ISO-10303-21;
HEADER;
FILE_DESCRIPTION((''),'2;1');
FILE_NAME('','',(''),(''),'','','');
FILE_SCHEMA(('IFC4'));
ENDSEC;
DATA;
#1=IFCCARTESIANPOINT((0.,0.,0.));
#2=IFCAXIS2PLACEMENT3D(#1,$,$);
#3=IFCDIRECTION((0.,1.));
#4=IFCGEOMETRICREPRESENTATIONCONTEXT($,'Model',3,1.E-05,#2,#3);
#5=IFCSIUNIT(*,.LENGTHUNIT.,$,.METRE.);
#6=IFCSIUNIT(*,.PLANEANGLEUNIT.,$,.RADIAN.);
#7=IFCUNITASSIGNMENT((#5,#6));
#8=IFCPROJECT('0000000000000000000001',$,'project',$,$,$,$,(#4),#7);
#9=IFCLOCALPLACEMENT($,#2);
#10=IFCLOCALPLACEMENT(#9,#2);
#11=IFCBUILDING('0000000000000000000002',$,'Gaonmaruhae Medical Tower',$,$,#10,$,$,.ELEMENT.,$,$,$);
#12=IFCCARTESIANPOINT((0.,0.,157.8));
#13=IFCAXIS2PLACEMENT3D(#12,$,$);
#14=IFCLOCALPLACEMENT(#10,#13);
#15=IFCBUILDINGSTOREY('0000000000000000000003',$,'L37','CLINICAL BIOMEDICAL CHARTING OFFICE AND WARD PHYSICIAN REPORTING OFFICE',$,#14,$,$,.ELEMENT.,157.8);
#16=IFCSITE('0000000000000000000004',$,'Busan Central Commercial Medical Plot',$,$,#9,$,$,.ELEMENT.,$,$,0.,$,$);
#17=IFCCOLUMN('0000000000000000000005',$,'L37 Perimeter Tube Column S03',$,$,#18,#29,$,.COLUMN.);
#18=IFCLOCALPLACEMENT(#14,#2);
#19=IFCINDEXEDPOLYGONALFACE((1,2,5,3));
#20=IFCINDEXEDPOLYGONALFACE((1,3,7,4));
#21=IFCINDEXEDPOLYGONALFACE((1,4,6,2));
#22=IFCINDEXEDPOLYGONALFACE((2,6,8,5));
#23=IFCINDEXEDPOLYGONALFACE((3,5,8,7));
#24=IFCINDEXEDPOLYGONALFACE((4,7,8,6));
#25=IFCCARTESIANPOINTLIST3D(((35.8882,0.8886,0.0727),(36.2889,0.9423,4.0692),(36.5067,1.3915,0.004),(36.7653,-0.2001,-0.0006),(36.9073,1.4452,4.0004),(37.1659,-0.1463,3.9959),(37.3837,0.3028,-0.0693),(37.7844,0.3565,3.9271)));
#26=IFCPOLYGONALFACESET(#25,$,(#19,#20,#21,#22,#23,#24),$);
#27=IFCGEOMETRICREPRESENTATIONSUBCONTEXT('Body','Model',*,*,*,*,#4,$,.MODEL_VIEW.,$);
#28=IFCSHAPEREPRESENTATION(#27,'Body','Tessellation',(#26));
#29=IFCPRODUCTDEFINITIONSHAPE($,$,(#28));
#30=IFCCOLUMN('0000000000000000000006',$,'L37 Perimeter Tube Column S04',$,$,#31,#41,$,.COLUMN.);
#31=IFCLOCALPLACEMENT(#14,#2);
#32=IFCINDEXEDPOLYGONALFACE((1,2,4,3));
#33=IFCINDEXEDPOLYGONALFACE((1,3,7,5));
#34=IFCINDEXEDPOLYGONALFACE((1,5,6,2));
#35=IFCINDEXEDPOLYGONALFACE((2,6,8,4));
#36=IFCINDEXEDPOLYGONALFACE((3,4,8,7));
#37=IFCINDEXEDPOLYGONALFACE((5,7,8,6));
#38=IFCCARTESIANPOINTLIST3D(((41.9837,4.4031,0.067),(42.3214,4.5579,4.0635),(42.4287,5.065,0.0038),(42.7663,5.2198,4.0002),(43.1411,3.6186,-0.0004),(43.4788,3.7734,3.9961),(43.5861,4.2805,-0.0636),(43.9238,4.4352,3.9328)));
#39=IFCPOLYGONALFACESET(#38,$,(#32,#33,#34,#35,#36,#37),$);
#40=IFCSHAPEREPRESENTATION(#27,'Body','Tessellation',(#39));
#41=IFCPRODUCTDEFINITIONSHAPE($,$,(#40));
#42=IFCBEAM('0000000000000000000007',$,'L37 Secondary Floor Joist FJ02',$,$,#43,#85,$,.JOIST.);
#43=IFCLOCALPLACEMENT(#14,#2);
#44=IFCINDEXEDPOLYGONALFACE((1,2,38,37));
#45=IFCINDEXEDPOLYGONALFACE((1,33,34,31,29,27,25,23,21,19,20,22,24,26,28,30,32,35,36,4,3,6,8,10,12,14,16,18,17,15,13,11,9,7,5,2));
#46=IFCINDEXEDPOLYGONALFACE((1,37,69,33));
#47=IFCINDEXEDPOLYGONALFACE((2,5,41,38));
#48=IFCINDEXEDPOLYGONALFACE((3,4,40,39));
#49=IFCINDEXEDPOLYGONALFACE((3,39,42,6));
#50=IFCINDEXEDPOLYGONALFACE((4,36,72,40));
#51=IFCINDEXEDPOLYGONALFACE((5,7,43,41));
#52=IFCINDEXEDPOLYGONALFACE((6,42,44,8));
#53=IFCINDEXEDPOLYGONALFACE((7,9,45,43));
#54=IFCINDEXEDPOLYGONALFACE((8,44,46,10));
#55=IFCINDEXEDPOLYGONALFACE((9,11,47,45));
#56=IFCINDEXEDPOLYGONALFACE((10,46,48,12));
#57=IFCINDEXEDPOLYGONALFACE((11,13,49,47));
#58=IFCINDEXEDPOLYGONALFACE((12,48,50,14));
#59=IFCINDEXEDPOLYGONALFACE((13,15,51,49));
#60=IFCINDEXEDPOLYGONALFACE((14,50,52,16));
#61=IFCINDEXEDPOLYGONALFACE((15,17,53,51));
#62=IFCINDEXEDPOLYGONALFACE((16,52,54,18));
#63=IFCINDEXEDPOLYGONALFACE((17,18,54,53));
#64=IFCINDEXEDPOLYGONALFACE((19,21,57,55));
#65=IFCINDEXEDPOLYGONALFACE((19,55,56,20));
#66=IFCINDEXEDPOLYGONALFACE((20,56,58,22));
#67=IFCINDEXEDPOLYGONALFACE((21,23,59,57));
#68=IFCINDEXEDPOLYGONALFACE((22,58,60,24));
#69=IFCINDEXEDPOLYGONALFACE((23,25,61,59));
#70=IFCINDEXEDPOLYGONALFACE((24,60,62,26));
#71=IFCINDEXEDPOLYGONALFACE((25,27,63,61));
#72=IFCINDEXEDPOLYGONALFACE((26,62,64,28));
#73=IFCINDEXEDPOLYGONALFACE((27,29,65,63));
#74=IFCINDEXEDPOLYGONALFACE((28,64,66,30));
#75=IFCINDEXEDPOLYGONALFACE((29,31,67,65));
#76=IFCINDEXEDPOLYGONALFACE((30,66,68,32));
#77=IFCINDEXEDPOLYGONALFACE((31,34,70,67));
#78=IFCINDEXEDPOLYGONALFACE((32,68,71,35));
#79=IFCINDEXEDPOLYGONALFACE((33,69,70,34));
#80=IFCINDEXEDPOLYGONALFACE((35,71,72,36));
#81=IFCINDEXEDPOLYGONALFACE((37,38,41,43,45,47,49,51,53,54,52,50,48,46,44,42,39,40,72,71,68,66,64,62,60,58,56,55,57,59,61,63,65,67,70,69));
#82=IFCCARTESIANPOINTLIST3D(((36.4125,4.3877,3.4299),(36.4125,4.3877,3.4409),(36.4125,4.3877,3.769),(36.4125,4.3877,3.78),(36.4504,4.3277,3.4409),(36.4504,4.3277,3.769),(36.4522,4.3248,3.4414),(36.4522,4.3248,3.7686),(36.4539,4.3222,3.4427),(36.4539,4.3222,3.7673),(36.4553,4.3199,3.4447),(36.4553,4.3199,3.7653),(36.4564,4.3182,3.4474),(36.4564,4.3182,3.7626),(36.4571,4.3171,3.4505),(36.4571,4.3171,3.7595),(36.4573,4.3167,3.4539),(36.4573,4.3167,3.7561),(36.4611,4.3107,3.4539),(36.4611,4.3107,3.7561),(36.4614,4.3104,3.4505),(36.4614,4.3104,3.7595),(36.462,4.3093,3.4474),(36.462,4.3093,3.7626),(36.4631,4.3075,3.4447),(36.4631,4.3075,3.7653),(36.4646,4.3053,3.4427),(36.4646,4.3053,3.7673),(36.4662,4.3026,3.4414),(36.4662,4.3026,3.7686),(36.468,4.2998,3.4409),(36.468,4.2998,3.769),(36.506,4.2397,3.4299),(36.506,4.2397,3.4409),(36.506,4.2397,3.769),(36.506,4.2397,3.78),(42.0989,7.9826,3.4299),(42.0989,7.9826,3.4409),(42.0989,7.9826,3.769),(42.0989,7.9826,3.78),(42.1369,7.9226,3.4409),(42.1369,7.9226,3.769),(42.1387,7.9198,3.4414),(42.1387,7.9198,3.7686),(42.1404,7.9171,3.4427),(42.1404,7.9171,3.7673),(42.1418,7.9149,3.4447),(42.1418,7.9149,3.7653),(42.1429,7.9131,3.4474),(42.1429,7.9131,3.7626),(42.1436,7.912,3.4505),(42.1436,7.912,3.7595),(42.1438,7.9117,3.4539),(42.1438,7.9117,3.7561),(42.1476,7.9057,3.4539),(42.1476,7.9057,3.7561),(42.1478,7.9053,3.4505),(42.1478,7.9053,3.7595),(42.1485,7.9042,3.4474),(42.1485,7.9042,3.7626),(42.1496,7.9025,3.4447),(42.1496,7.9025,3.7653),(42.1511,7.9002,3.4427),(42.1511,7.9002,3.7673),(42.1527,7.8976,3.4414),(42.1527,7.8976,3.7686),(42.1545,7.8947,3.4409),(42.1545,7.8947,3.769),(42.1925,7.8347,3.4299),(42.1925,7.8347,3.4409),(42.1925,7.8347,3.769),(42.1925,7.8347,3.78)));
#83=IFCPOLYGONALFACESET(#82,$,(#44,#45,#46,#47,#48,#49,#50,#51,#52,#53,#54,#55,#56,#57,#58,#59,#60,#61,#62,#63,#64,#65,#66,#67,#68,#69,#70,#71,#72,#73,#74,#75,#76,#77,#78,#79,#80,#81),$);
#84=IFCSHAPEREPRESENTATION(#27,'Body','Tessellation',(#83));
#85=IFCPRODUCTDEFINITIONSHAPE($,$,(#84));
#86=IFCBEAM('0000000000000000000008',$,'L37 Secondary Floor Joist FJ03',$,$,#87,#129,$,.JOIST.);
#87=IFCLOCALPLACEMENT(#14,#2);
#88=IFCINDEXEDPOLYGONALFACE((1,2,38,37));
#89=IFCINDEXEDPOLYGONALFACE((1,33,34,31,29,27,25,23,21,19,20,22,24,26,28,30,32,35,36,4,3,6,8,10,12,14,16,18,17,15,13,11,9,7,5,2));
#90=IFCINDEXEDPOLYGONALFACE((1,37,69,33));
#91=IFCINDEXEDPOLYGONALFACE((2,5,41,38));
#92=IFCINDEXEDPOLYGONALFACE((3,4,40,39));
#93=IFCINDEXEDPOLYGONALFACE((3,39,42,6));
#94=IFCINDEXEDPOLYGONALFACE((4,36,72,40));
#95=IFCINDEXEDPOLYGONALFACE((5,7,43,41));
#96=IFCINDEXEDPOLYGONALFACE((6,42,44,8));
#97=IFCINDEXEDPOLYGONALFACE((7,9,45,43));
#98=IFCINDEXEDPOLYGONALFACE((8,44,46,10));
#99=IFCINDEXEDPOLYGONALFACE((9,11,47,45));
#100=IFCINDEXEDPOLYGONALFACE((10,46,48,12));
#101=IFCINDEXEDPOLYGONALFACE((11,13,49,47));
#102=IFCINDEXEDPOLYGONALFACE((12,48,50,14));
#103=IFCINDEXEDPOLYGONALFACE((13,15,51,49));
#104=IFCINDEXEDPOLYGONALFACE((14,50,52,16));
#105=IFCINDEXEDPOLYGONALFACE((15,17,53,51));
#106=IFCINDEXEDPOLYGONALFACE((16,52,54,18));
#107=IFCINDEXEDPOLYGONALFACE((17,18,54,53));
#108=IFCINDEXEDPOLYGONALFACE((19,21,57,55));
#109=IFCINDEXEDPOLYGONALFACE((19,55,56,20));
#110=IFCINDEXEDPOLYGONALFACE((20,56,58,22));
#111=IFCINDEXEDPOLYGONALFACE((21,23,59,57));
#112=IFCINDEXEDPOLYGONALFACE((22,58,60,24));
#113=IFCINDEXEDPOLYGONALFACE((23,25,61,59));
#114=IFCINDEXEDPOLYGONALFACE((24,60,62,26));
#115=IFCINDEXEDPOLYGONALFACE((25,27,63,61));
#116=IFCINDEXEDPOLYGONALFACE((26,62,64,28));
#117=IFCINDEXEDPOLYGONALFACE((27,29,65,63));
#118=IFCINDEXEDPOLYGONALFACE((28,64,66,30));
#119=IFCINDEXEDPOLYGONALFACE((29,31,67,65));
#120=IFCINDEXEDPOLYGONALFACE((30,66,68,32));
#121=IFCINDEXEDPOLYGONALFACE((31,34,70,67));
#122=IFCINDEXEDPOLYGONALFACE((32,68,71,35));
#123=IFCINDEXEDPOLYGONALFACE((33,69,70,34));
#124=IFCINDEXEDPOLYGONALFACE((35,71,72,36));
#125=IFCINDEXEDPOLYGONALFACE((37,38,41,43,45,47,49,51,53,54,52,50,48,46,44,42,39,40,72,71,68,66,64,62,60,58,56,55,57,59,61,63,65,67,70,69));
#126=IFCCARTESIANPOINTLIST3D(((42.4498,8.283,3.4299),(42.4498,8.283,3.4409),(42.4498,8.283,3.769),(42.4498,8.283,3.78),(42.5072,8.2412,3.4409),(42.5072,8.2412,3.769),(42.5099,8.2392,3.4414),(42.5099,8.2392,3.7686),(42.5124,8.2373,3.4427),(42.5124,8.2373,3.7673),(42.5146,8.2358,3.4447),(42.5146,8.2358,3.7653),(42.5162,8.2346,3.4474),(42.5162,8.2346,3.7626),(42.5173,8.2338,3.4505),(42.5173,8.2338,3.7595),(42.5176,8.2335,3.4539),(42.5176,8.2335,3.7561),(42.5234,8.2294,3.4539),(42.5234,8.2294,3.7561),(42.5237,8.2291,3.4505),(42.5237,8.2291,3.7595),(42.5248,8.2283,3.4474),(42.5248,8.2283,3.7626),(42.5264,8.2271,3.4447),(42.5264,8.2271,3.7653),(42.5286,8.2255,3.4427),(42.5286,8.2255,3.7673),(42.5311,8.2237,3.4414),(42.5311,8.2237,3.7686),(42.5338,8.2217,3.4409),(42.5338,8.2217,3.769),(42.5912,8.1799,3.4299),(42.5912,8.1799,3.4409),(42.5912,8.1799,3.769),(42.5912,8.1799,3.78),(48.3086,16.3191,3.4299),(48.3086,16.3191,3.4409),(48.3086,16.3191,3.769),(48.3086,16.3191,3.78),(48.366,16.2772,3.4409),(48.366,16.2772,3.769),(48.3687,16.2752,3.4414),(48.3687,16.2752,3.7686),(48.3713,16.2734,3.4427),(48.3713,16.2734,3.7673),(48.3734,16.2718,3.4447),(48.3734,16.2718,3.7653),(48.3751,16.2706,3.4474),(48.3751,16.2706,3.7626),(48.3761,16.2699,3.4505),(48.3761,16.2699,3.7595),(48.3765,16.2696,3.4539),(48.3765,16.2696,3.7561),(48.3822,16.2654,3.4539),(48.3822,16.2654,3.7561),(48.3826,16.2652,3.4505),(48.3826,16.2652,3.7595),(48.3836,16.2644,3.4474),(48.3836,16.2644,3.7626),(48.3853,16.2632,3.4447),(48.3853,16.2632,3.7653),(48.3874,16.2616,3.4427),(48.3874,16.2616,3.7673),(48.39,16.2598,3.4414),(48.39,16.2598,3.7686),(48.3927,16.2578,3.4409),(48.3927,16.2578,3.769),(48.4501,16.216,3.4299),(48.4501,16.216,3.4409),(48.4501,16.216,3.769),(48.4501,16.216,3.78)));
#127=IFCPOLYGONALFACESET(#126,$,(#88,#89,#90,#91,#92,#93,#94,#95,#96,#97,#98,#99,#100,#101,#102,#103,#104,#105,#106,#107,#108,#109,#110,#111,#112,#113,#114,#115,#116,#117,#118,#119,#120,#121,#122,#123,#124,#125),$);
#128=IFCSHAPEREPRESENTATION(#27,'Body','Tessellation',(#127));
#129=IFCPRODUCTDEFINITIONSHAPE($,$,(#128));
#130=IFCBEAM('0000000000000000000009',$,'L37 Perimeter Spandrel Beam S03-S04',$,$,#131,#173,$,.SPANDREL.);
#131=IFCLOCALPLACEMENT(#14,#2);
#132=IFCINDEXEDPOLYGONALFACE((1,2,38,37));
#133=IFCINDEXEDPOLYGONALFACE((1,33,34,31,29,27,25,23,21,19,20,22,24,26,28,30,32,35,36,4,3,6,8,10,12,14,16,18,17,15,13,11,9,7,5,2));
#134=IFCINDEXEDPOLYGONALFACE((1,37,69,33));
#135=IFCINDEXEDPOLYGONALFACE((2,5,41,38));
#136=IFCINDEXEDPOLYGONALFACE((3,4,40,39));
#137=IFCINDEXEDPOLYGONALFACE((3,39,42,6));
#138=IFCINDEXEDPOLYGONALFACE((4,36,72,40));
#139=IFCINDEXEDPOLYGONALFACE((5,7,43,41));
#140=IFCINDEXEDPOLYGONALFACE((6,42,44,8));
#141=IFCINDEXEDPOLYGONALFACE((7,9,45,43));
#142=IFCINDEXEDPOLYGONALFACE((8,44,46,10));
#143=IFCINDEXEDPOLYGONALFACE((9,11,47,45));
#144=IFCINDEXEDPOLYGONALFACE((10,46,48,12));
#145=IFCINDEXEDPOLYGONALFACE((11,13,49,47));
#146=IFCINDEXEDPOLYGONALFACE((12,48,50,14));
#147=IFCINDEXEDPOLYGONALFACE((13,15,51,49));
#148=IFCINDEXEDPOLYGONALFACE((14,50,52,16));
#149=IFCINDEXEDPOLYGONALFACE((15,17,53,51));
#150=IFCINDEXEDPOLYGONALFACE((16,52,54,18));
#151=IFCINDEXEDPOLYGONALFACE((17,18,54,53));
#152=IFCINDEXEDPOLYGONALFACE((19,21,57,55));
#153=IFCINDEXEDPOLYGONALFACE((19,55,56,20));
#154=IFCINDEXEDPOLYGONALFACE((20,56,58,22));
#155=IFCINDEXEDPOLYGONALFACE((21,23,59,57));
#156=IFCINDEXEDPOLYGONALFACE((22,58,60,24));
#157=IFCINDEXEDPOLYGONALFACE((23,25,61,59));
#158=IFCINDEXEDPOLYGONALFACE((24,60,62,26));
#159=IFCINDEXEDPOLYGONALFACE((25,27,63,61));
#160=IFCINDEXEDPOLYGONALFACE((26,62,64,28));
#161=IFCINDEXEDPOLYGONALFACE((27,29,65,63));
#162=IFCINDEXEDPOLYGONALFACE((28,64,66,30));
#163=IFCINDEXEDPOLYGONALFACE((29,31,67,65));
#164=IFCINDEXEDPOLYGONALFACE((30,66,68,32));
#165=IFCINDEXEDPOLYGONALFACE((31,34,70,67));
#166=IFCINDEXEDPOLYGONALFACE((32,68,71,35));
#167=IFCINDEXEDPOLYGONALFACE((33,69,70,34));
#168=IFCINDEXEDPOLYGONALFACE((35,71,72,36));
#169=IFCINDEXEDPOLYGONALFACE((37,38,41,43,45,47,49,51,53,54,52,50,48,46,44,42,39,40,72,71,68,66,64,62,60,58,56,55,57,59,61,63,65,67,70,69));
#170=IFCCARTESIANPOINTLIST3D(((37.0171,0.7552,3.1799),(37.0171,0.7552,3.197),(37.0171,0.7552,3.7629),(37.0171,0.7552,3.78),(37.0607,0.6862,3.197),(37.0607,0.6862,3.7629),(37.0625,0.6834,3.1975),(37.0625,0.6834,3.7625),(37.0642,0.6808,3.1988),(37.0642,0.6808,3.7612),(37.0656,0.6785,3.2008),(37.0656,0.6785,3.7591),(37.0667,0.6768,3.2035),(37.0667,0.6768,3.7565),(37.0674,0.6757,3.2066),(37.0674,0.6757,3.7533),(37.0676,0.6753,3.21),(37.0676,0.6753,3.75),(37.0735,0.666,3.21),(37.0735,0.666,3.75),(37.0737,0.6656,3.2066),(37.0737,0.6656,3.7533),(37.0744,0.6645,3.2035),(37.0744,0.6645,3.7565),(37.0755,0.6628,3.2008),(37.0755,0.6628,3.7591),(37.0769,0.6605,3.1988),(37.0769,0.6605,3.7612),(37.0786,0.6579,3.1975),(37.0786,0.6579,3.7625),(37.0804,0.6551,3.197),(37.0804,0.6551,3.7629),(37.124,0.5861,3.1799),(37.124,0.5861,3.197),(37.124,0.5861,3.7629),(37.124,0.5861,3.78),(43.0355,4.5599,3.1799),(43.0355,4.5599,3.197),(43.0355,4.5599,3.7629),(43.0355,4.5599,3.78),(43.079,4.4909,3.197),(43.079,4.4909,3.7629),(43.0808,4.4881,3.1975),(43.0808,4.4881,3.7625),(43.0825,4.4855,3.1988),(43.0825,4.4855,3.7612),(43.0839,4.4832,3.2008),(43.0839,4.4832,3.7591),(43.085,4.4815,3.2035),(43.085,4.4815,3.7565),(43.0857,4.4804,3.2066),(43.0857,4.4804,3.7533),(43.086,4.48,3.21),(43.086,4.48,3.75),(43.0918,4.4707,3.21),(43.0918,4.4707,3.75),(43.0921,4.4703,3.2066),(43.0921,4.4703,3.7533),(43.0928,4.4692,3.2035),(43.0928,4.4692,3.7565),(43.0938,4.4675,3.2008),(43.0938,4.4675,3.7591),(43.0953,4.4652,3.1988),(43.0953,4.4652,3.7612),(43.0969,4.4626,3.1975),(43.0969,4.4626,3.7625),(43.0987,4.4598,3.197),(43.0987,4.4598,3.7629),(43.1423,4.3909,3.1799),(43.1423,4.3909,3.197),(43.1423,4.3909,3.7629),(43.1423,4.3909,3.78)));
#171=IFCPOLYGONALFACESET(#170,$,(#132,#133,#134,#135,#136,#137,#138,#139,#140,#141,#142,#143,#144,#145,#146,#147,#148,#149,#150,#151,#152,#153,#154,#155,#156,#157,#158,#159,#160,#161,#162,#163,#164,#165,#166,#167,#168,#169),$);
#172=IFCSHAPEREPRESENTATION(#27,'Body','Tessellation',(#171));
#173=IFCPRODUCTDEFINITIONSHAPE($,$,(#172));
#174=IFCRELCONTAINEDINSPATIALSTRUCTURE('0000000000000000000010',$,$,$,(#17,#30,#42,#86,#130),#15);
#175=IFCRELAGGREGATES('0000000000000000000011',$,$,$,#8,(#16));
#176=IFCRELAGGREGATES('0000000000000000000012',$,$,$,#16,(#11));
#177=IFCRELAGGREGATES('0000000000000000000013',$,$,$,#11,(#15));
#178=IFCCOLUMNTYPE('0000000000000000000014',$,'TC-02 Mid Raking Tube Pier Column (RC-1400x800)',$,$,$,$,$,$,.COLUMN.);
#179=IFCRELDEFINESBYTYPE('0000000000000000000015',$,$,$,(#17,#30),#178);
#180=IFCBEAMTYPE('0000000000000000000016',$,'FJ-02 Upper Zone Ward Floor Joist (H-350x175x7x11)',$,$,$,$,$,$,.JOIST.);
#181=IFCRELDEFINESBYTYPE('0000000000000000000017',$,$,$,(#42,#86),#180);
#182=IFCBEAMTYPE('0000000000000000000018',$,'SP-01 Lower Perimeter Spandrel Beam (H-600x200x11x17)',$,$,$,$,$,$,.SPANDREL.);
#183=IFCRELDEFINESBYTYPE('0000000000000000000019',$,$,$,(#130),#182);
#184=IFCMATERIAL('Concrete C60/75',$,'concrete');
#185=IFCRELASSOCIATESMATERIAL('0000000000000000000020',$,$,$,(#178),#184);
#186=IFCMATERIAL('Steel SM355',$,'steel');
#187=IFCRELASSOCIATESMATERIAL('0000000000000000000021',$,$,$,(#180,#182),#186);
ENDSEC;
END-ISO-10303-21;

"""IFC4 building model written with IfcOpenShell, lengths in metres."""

from ifc_helpers import new_model, si_unit, direction, frame, origin, origin_2d, place, context, subcontext, project, spatial, rectangle, i_section, extrude, material, material_profile, profile_set, type_object, element, save


model = new_model("IFC4")

# Units and contexts
model_context = context("Model", 3, precision=1e-05, world=origin(), true_north=direction((0.0, 1.0)))
body_context = subcontext(model_context, "Body", "Model", "MODEL_VIEW")
ifc_project = project(units=[si_unit("LENGTHUNIT", "METRE"), si_unit("PLANEANGLEUNIT", "RADIAN")], contexts=[model_context])

# Site, building, storey
site_placement = place(None, origin())
site = spatial("IfcSite", under=ifc_project, at=site_placement, Name="Busan Central Commercial Medical Plot", CompositionType="ELEMENT", RefElevation=0.0)
building_placement = place(site_placement, origin())
building = spatial("IfcBuilding", under=site, at=building_placement, Name="Gaonmaruhae Medical Tower", CompositionType="ELEMENT")
storey_placement = place(building_placement, frame((0.0, 0.0, 157.8)))
storey = spatial("IfcBuildingStorey", under=building, at=storey_placement, Name="L37", Description="CLINICAL BIOMEDICAL CHARTING OFFICE AND WARD PHYSICIAN REPORTING OFFICE", CompositionType="ELEMENT", Elevation=157.8)

# Columns
ifc_material_1 = material(Name="Concrete C60/75", Category="concrete")
ifc_material_profile_1 = material_profile(ifc_material_1, rectangle(XDim=1.3999, YDim=0.8, at=origin_2d()), Name="RC-1400x800")
ifc_profile_set_1 = profile_set([ifc_material_profile_1], Name="Concrete C60/75")
column_type = type_object("IfcColumnType", Name="TC-02 Mid Raking Tube Pier Column (RC-1400x800)", PredefinedType="COLUMN", material=ifc_profile_set_1)
column_1_placement = place(storey_placement, frame((36.636, 0.5957, 0.0017), z_axis=(0.099742, 0.013372, 0.994924), x_axis=(-0.62651, 0.777653, 0.052356)))
element("IfcColumn", 1, at=column_1_placement, inside=storey, type_object=column_type, Name="L37 Perimeter Tube Column S03", PredefinedType="COLUMN", context=body_context, shape_type="SweptSolid", body=[
    extrude(rectangle(XDim=1.3999, YDim=0.8, at=origin_2d()), origin(), (0.0, 0.0, 1.0), 4.0168),
])
column_2_placement = place(storey_placement, frame((42.7849, 4.3418, 0.0017), z_axis=(0.084126, 0.038566, 0.995709), x_axis=(-0.826792, 0.560444, 0.048148)))
element("IfcColumn", 2, at=column_2_placement, inside=storey, type_object=column_type, Name="L37 Perimeter Tube Column S04", PredefinedType="COLUMN", context=body_context, shape_type="SweptSolid", body=[
    extrude(rectangle(XDim=1.3999, YDim=0.8, at=origin_2d()), origin(), (0.0, 0.0, 1.0), 4.0137),
])

# Beams
ifc_material_2 = material(Name="Steel SM355", Category="steel")
ifc_material_profile_2 = material_profile(ifc_material_2, i_section(OverallWidth=0.175, OverallDepth=0.3501, WebThickness=0.0071, FlangeThickness=0.011, FilletRadius=0.0129, at=origin_2d()), Name="H-350x175x7x11")
ifc_profile_set_2 = profile_set([ifc_material_profile_2], Name="Steel SM355")
beam_type_1 = type_object("IfcBeamType", Name="FJ-02 Upper Zone Ward Floor Joist (H-350x175x7x11)", PredefinedType="JOIST", material=ifc_profile_set_2)
beam_1_placement = place(storey_placement, frame((36.4592, 4.3137, 3.605), z_axis=(0.845255, 0.534363, 0.0), x_axis=(-0.534363, 0.845255, 0.0)))
element("IfcBeam", 3, at=beam_1_placement, inside=storey, type_object=beam_type_1, Name="L37 Secondary Floor Joist FJ02", PredefinedType="JOIST", context=body_context, shape_type="SweptSolid", body=[
    extrude(i_section(OverallWidth=0.175, OverallDepth=0.3501, WebThickness=0.0071, FlangeThickness=0.011, FilletRadius=0.0129, at=origin_2d()), origin(), (0.0, 0.0, 1.0), 6.7275),
])
beam_2_placement = place(storey_placement, frame((42.5205, 8.2314, 3.605), z_axis=(0.58912, 0.808046, 0.0), x_axis=(-0.808046, 0.58912, 0.0)))
element("IfcBeam", 4, at=beam_2_placement, inside=storey, type_object=beam_type_1, Name="L37 Secondary Floor Joist FJ03", PredefinedType="JOIST", context=body_context, shape_type="SweptSolid", body=[
    extrude(i_section(OverallWidth=0.175, OverallDepth=0.3501, WebThickness=0.0071, FlangeThickness=0.011, FilletRadius=0.0129, at=origin_2d()), origin(), (0.0, 0.0, 1.0), 9.9451),
])
ifc_material_profile_3 = material_profile(ifc_material_2, i_section(OverallWidth=0.2, OverallDepth=0.6001, WebThickness=0.011, FlangeThickness=0.0171, FilletRadius=0.0129, at=origin_2d()), Name="H-600x200x11x17")
ifc_profile_set_3 = profile_set([ifc_material_profile_3], Name="Steel SM355")
beam_type_2 = type_object("IfcBeamType", Name="SP-01 Lower Perimeter Spandrel Beam (H-600x200x11x17)", PredefinedType="SPANDREL", material=ifc_profile_set_3)
beam_3_placement = place(storey_placement, frame((37.0706, 0.6707, 3.48), z_axis=(0.845257, 0.534359, 0.0), x_axis=(-0.534359, 0.845257, 0.0)))
element("IfcBeam", 5, at=beam_3_placement, inside=storey, type_object=beam_type_2, Name="L37 Perimeter Spandrel Beam S03-S04", PredefinedType="SPANDREL", context=body_context, shape_type="SweptSolid", body=[
    extrude(i_section(OverallWidth=0.2, OverallDepth=0.6001, WebThickness=0.011, FlangeThickness=0.0171, FilletRadius=0.0129, at=origin_2d()), origin(), (0.0, 0.0, 1.0), 7.1201),
])

save(model, "model.ifc")
